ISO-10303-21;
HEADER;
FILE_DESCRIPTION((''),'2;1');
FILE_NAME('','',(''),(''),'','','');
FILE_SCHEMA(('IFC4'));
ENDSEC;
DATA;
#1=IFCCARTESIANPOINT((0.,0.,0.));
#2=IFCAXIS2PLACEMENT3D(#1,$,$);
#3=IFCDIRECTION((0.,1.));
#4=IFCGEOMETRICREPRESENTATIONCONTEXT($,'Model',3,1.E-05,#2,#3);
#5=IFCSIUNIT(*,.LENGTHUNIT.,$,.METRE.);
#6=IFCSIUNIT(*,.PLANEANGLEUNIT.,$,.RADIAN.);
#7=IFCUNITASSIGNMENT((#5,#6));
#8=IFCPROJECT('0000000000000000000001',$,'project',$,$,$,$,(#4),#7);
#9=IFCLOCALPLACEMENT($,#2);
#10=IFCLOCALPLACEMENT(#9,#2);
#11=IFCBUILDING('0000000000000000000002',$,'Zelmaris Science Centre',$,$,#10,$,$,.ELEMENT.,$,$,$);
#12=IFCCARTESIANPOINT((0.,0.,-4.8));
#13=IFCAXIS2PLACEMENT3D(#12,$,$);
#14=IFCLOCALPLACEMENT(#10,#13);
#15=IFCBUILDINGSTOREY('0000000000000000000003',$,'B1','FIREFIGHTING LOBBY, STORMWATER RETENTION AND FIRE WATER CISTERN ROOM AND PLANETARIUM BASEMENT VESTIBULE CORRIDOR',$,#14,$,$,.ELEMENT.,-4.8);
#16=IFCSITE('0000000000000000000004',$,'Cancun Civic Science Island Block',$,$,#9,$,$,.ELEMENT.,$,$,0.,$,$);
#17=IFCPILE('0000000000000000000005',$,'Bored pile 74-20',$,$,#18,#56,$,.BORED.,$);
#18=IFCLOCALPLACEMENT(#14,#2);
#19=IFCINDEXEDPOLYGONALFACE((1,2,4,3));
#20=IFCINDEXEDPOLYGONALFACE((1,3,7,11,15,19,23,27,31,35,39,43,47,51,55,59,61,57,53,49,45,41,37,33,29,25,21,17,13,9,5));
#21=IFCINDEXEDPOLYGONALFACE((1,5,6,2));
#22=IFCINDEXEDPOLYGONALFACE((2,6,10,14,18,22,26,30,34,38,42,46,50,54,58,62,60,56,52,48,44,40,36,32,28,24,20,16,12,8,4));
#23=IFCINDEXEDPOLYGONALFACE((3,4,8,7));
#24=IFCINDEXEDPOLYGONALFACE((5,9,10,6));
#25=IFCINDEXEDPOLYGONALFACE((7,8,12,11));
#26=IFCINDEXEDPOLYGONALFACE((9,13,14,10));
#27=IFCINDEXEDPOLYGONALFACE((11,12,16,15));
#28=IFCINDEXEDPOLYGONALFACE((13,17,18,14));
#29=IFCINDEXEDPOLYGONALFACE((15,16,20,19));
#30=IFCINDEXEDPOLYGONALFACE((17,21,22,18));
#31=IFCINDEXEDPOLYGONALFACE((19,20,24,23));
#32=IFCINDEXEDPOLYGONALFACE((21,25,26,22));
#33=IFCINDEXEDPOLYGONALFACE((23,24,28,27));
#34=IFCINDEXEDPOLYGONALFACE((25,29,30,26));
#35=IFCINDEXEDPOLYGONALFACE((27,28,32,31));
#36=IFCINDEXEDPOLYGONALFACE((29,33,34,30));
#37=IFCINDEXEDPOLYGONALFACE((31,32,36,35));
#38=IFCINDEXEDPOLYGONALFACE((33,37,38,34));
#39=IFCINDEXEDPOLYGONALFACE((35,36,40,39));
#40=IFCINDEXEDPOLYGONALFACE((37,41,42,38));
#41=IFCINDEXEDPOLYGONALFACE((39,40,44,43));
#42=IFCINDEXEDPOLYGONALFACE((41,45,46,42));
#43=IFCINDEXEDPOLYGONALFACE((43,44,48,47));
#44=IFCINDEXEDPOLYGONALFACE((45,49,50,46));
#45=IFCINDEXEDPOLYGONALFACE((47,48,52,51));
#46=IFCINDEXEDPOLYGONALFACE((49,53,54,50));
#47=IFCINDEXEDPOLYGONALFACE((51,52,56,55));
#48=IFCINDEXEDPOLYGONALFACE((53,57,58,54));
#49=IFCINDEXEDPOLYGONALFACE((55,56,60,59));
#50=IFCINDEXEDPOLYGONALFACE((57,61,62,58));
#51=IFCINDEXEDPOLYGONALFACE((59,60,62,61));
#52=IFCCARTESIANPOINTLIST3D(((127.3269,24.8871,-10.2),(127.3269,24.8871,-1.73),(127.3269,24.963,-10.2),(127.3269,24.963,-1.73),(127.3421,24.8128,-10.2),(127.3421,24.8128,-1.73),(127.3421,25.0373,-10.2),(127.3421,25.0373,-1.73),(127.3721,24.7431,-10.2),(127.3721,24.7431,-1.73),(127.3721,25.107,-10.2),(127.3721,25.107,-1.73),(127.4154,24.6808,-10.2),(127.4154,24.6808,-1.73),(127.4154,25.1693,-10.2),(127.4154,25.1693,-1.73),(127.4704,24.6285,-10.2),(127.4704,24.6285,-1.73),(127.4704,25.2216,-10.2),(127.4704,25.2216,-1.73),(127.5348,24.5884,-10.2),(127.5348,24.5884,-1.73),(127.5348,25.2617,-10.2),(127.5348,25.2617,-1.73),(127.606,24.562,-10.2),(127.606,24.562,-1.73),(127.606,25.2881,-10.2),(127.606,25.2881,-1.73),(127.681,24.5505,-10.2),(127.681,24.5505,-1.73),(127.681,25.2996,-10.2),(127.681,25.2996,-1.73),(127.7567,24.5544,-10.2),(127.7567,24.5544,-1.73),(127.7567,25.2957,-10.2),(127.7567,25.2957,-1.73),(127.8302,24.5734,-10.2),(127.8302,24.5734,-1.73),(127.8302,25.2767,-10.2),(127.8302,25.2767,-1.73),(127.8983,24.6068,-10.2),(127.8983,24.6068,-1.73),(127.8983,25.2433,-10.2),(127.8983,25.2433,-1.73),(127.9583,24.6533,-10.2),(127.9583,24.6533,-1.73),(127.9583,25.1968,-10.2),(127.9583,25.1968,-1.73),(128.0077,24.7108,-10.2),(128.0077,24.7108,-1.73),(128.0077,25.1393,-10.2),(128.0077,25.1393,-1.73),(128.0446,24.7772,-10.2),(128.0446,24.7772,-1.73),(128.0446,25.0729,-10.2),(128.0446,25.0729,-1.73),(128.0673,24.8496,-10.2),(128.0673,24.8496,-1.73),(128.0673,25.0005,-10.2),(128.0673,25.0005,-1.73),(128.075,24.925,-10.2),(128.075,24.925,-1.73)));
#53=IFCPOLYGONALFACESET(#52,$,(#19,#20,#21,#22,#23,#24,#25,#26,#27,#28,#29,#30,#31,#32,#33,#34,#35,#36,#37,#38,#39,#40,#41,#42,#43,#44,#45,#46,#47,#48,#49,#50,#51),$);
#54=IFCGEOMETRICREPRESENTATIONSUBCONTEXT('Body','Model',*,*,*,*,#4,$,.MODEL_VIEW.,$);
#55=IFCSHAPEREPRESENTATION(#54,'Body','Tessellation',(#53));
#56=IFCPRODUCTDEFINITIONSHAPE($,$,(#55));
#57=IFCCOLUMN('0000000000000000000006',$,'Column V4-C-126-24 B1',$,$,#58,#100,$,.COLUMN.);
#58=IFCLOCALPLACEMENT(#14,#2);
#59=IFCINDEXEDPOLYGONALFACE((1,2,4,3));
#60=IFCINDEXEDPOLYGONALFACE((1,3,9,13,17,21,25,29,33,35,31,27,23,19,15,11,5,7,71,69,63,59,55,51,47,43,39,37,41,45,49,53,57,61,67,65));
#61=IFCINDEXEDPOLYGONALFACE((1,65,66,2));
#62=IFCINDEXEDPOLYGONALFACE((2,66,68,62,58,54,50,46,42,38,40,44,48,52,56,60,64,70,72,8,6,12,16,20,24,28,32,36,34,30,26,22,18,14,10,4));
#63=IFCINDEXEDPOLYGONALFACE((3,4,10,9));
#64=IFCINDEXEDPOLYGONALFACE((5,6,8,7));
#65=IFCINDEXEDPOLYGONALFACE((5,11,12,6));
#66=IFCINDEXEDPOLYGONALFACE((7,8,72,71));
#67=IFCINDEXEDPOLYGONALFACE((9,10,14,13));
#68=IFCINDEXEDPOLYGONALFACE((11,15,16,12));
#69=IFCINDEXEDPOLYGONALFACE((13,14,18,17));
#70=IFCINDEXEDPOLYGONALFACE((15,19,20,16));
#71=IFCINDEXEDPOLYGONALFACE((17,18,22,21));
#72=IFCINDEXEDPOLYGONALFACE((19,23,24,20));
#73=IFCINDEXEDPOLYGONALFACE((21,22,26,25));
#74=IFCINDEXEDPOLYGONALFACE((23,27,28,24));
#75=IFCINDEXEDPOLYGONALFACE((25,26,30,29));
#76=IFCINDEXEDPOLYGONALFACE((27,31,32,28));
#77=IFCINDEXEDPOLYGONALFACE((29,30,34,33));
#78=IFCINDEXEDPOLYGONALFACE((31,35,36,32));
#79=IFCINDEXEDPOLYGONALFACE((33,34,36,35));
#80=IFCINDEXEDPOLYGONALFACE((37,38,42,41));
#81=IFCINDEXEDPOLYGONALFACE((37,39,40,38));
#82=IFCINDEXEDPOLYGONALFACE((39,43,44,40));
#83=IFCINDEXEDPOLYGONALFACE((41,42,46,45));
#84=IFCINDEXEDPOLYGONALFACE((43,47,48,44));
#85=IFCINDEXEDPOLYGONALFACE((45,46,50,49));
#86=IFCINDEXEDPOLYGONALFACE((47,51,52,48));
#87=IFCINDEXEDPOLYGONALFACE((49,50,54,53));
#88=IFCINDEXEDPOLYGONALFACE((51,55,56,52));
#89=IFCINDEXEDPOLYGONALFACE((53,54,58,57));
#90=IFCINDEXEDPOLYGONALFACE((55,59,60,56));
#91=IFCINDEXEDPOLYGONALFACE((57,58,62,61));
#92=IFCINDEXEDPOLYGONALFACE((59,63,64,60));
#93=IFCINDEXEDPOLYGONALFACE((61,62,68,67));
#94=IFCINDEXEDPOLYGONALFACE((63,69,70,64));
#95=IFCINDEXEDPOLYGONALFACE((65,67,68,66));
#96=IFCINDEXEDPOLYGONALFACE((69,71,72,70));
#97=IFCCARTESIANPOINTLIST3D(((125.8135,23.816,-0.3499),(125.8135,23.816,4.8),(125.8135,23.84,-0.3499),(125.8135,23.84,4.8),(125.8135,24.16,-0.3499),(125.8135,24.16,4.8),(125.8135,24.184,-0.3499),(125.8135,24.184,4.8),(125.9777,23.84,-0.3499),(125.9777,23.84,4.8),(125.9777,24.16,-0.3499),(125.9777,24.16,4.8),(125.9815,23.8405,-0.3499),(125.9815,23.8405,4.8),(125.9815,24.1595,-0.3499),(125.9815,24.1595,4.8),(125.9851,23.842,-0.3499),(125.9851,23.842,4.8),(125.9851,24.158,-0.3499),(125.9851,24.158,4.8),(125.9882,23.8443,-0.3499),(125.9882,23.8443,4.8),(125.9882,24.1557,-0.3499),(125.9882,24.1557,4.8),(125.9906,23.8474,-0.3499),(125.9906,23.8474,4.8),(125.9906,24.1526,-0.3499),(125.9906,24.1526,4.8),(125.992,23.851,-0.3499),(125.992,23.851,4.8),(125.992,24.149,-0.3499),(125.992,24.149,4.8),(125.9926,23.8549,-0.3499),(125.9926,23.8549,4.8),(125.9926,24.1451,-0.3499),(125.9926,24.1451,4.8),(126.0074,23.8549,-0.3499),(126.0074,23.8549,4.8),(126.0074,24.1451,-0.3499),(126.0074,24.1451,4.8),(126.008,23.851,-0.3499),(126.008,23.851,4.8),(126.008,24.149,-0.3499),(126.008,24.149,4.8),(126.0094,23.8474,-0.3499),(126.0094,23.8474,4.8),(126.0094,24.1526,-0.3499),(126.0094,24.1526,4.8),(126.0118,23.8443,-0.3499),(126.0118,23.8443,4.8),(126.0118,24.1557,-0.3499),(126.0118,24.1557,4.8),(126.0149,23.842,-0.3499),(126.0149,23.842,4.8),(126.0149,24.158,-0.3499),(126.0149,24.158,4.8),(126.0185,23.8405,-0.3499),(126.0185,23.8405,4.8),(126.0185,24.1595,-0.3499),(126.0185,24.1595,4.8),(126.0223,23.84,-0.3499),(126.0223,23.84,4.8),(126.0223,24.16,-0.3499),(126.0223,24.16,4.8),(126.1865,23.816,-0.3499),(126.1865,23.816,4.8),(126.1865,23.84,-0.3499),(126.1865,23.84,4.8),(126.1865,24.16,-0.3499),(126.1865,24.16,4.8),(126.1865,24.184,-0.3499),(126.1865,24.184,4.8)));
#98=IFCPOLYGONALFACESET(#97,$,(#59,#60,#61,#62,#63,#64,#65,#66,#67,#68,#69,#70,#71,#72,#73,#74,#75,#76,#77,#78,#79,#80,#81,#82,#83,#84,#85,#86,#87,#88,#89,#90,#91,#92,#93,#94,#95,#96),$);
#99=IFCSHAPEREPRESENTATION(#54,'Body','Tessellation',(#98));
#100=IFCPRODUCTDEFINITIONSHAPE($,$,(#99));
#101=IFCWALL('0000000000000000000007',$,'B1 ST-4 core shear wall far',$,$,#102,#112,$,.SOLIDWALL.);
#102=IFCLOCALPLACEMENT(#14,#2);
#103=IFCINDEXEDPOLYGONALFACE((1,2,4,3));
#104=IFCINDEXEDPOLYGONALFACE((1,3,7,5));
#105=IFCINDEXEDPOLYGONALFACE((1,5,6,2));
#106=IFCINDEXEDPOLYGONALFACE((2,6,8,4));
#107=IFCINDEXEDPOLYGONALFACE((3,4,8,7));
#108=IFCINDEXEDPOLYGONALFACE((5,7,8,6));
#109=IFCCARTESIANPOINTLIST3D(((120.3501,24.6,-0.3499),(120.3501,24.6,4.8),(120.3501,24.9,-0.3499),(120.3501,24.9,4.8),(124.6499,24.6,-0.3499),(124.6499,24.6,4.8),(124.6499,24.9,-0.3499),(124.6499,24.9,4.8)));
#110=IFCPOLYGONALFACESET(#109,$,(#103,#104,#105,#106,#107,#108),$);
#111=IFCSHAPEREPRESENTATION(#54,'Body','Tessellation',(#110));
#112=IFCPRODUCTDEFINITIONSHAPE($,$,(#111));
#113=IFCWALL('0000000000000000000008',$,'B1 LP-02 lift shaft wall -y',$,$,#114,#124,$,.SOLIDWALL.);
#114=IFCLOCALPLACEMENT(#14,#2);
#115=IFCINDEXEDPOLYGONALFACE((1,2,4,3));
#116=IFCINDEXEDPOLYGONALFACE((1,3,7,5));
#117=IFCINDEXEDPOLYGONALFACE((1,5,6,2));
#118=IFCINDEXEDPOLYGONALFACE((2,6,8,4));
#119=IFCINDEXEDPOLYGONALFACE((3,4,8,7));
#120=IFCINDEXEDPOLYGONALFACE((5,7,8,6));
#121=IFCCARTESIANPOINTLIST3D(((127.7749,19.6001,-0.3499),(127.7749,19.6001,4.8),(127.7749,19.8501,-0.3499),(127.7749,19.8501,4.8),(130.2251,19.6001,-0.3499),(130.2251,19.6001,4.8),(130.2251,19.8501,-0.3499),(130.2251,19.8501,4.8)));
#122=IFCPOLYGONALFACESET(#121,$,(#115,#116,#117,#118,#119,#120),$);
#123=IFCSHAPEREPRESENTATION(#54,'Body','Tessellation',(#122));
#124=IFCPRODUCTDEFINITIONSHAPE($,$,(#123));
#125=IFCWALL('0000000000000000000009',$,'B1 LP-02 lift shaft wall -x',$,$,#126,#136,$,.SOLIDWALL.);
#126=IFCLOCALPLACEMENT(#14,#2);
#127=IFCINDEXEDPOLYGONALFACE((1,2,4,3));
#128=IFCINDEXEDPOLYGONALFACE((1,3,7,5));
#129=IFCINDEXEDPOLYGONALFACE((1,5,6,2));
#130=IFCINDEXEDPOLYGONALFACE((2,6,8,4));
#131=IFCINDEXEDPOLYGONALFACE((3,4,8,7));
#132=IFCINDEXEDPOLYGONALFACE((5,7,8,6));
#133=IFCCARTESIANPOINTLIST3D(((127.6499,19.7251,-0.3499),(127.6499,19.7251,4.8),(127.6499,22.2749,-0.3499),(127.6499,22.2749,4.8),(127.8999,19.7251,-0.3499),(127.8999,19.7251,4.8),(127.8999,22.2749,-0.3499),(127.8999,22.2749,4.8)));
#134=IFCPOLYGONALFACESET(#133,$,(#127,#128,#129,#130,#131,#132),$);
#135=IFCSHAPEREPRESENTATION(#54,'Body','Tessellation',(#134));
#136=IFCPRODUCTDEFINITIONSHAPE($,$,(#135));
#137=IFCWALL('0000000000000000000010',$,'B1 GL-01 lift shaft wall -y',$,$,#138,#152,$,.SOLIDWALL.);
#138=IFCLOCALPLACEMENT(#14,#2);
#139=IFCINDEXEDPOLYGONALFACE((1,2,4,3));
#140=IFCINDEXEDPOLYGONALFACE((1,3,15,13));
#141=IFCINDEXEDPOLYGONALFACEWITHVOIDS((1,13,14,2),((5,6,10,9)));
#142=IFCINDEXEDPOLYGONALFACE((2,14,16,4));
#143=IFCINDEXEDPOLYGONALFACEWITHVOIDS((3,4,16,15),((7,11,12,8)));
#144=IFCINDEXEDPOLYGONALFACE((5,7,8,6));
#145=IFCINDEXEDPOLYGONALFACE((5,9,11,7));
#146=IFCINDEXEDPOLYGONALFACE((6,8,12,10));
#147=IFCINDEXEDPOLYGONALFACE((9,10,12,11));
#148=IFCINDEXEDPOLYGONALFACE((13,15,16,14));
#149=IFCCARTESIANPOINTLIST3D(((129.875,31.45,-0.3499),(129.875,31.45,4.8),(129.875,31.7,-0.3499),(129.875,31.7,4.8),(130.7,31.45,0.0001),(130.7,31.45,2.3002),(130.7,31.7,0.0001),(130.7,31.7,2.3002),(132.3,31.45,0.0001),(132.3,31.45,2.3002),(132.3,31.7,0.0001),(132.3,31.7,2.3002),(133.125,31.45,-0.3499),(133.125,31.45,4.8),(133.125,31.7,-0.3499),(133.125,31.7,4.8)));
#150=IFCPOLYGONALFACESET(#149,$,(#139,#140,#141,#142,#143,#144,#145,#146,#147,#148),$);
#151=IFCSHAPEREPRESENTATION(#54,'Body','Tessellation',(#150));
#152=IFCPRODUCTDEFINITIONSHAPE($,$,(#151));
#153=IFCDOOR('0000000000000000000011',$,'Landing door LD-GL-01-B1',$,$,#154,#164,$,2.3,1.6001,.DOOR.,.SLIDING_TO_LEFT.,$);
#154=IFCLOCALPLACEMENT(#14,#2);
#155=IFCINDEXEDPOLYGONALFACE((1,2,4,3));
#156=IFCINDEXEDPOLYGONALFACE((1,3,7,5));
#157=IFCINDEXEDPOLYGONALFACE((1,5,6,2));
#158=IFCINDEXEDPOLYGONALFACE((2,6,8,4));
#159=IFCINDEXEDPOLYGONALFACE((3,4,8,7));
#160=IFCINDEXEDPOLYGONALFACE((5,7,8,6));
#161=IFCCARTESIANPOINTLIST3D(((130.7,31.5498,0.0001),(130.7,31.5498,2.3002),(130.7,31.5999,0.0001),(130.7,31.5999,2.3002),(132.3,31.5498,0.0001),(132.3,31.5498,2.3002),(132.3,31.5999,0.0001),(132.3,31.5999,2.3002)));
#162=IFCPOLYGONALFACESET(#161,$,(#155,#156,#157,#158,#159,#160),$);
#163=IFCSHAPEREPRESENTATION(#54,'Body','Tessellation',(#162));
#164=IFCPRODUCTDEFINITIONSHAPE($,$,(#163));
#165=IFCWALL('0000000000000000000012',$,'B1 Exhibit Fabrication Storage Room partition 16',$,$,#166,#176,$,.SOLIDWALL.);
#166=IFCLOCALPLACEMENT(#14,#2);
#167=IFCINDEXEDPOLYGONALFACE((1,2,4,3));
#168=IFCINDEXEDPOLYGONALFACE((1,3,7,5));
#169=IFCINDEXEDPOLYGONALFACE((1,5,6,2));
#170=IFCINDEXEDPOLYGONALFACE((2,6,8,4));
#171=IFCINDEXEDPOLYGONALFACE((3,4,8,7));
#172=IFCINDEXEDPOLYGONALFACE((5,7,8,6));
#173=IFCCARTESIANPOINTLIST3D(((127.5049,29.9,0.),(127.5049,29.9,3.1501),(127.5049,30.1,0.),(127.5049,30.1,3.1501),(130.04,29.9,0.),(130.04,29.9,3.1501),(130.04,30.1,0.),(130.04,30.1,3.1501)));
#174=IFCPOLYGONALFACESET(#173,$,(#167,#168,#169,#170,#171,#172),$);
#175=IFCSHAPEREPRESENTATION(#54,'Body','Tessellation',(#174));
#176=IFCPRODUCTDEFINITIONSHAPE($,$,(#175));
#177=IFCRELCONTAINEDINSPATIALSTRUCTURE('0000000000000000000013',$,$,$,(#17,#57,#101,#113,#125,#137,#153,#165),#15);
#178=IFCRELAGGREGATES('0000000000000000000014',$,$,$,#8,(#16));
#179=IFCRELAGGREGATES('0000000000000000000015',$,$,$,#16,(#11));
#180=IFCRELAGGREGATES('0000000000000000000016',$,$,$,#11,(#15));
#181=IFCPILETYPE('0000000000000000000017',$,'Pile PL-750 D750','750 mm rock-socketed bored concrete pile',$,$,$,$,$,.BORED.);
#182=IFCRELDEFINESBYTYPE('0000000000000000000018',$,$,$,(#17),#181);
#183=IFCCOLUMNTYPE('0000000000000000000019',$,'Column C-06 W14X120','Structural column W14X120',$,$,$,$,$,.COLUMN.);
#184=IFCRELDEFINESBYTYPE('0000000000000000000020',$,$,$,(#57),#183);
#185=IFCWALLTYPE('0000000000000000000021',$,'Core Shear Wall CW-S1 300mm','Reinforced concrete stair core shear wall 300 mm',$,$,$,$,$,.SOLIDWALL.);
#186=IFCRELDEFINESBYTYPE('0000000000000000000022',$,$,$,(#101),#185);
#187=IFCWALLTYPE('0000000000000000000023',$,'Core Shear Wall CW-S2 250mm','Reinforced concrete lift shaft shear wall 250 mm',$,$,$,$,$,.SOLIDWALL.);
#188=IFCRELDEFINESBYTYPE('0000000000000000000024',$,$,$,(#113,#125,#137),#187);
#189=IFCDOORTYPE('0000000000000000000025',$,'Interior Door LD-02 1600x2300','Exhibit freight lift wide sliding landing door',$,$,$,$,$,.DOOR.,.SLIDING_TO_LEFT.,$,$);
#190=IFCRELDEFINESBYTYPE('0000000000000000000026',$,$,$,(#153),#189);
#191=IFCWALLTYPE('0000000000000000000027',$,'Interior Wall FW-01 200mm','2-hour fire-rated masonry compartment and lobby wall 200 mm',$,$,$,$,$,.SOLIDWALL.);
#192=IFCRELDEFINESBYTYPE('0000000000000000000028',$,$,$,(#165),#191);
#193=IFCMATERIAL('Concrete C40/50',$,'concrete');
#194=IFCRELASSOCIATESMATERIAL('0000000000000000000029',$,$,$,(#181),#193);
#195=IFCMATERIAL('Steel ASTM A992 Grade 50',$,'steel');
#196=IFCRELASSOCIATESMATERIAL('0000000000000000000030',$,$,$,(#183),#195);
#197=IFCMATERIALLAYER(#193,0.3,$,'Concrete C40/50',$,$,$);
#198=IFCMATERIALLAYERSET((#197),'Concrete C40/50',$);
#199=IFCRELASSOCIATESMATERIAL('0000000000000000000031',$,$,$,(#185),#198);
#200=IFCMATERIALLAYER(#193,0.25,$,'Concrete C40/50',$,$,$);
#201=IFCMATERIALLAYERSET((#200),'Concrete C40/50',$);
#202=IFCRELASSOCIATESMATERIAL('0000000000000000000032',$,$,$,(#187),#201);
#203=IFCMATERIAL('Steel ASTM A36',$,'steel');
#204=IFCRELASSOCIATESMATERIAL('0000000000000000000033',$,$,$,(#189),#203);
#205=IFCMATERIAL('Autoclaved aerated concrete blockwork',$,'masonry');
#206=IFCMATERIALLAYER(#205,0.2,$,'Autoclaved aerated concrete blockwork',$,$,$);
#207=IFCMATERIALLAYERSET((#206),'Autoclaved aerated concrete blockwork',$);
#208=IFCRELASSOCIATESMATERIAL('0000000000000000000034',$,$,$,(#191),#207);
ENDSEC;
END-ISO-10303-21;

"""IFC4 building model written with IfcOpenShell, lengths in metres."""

from ifc_helpers import new_model, si_unit, direction, frame, frame_2d, origin, origin_2d, place, context, subcontext, project, spatial, rectangle, circle, i_section, extrude, material, layer, layer_set, material_profile, profile_set, type_object, element, fill, save


model = new_model("IFC4")

# Units and contexts
model_context = context("Model", 3, precision=1e-05, world=origin(), true_north=direction((0.0, 1.0)))
body_context = subcontext(model_context, "Body", "Model", "MODEL_VIEW")
ifc_project = project(units=[si_unit("LENGTHUNIT", "METRE"), si_unit("PLANEANGLEUNIT", "RADIAN")], contexts=[model_context])

# Site, building, storey
site_placement = place(None, origin())
site = spatial("IfcSite", under=ifc_project, at=site_placement, Name="Cancun Civic Science Island Block", CompositionType="ELEMENT", RefElevation=0.0)
building_placement = place(site_placement, origin())
building = spatial("IfcBuilding", under=site, at=building_placement, Name="Zelmaris Science Centre", CompositionType="ELEMENT")
storey_placement = place(building_placement, frame((0.0, 0.0, -4.8)))
storey = spatial("IfcBuildingStorey", under=building, at=storey_placement, Name="B1", Description="FIREFIGHTING LOBBY, STORMWATER RETENTION AND FIRE WATER CISTERN ROOM AND PLANETARIUM BASEMENT VESTIBULE CORRIDOR", CompositionType="ELEMENT", Elevation=-4.8)

# Shared definitions
ifc_material_1 = material(Name="Concrete C40/50", Category="concrete")

# Pile
ifc_material_profile_1 = material_profile(ifc_material_1, circle(Radius=0.375, at=origin_2d()), Name="PILE-750")
ifc_profile_set_1 = profile_set([ifc_material_profile_1], Name="Concrete C40/50")
pile_type_1 = type_object("IfcPileType", Name="Pile PL-750 D750", Description="750 mm rock-socketed bored concrete pile", PredefinedType="BORED", material=ifc_profile_set_1)
for number, where, z_axis, x_axis, name in (
    (1, (127.7, 24.925, -1.73), (0.0, 0.0, -1.0), (1.0, 0.0, 0.0), "Bored pile 74-20"),
):
    element("IfcPile", number, at=place(storey_placement, frame(where, z_axis=z_axis, x_axis=x_axis)), inside=storey, type_object=pile_type_1, Name=name, PredefinedType="BORED", context=body_context, shape_type="SweptSolid", body=[
        extrude(circle(Radius=0.375, at=origin_2d()), origin(), (0.0, 0.0, 1.0), 8.47),
    ])

# Column
ifc_material_2 = material(Name="Steel ASTM A992 Grade 50", Category="steel")
ifc_material_profile_2 = material_profile(ifc_material_2, i_section(OverallWidth=0.373, OverallDepth=0.3679, WebThickness=0.0149, FlangeThickness=0.0239, FilletRadius=0.0149, at=origin_2d()), Name="W14X120")
ifc_profile_set_2 = profile_set([ifc_material_profile_2], Name="Steel ASTM A992 Grade 50")
column_type = type_object("IfcColumnType", Name="Column C-06 W14X120", Description="Structural column W14X120", PredefinedType="COLUMN", material=ifc_profile_set_2)
column_placement = place(storey_placement, frame((126.0, 24.0, -0.3499), z_axis=(0.0, 0.0, 1.0), x_axis=(1.0, 0.0, 0.0)))
element("IfcColumn", 2, at=column_placement, inside=storey, type_object=column_type, Name="Column V4-C-126-24 B1", PredefinedType="COLUMN", context=body_context, shape_type="SweptSolid", body=[
    extrude(i_section(OverallWidth=0.373, OverallDepth=0.3679, WebThickness=0.0149, FlangeThickness=0.0239, FilletRadius=0.0149, at=origin_2d()), origin(), (0.0, 0.0, 1.0), 5.1499),
])

# Walls
ifc_layer_1 = layer(ifc_material_1, 0.3, Name="Concrete C40/50")
ifc_layer_set_1 = layer_set([ifc_layer_1], Name="Concrete C40/50")
wall_type_1 = type_object("IfcWallType", Name="Core Shear Wall CW-S1 300mm", Description="Reinforced concrete stair core shear wall 300 mm", PredefinedType="SOLIDWALL", material=ifc_layer_set_1)
wall_1_placement = place(storey_placement, frame((124.6499, 24.75, -0.3499), z_axis=(0.0, 0.0, 1.0), x_axis=(-1.0, 0.0, 0.0)))
element("IfcWall", 3, at=wall_1_placement, inside=storey, type_object=wall_type_1, Name="B1 ST-4 core shear wall far", PredefinedType="SOLIDWALL", context=body_context, shape_type="SweptSolid", body=[
    extrude(rectangle(XDim=4.2998, YDim=0.3, at=frame_2d((2.1499, 0.0))), origin(), (0.0, 0.0, 1.0), 5.1499),
])
ifc_layer_2 = layer(ifc_material_1, 0.25, Name="Concrete C40/50")
ifc_layer_set_2 = layer_set([ifc_layer_2], Name="Concrete C40/50")
wall_type_2 = type_object("IfcWallType", Name="Core Shear Wall CW-S2 250mm", Description="Reinforced concrete lift shaft shear wall 250 mm", PredefinedType="SOLIDWALL", material=ifc_layer_set_2)
wall_2_placement = place(storey_placement, frame((127.7749, 19.7251, -0.3499), z_axis=(0.0, 0.0, 1.0), x_axis=(1.0, 0.0, 0.0)))
element("IfcWall", 4, at=wall_2_placement, inside=storey, type_object=wall_type_2, Name="B1 LP-02 lift shaft wall -y", PredefinedType="SOLIDWALL", context=body_context, shape_type="SweptSolid", body=[
    extrude(rectangle(XDim=2.4502, YDim=0.25, at=frame_2d((1.2251, 0.0))), origin(), (0.0, 0.0, 1.0), 5.1499),
])
wall_3_placement = place(storey_placement, frame((127.7749, 22.2749, -0.3499), z_axis=(0.0, 0.0, 1.0), x_axis=(0.0, -1.0, 0.0)))
element("IfcWall", 5, at=wall_3_placement, inside=storey, type_object=wall_type_2, Name="B1 LP-02 lift shaft wall -x", PredefinedType="SOLIDWALL", context=body_context, shape_type="SweptSolid", body=[
    extrude(rectangle(XDim=2.5498, YDim=0.25, at=frame_2d((1.2749, 0.0))), origin(), (0.0, 0.0, 1.0), 5.1499),
])

# Wall, opening, door
wall_4_placement = place(storey_placement, frame((129.875, 31.575, -0.3499), z_axis=(0.0, 0.0, 1.0), x_axis=(1.0, 0.0, 0.0)))
wall_4 = element("IfcWall", 6, at=wall_4_placement, inside=storey, type_object=wall_type_2, Name="B1 GL-01 lift shaft wall -y", PredefinedType="SOLIDWALL", context=body_context, shape_type="SweptSolid", body=[
    extrude(rectangle(XDim=3.25, YDim=0.25, at=frame_2d((1.625, 0.0))), origin(), (0.0, 0.0, 1.0), 5.1499),
])
opening_placement = place(wall_4_placement, frame((0.825, 0.0, 0.3501)))
opening = element("IfcOpeningElement", 7, at=opening_placement, cuts=wall_4, PredefinedType="OPENING", context=body_context, shape_type="SweptSolid", body=[
    extrude(rectangle(XDim=1.6001, YDim=2.3, at=frame_2d((0.8, 1.1499))), frame((0.0, 0.135, 0.0), z_axis=(0.0, -1.0, 0.0), x_axis=(1.0, 0.0, 0.0)), (0.0, 0.0, 1.0), 0.27),
])
ifc_material_3 = material(Name="Steel ASTM A36", Category="steel")
door_type = type_object("IfcDoorType", Name="Interior Door LD-02 1600x2300", Description="Exhibit freight lift wide sliding landing door", OperationType="SLIDING_TO_LEFT", PredefinedType="DOOR", material=ifc_material_3)
door_placement = place(opening_placement, origin())
door = element("IfcDoor", 8, at=door_placement, inside=storey, type_object=door_type, Name="Landing door LD-GL-01-B1", OperationType="SLIDING_TO_LEFT", OverallHeight=2.3, OverallWidth=1.6001, PredefinedType="DOOR", context=body_context, shape_type="SweptSolid", body=[
    extrude(rectangle(XDim=1.6001, YDim=2.3, at=frame_2d((0.8, 1.1499))), frame((0.0, 0.0249, 0.0), z_axis=(0.0, -1.0, 0.0), x_axis=(1.0, 0.0, 0.0)), (0.0, 0.0, 1.0), 0.05),
])
fill(opening, door)

# Wall
ifc_material_4 = material(Name="Autoclaved aerated concrete blockwork", Category="masonry")
ifc_layer_3 = layer(ifc_material_4, 0.2, Name="Autoclaved aerated concrete blockwork")
ifc_layer_set_3 = layer_set([ifc_layer_3], Name="Autoclaved aerated concrete blockwork")
wall_type_3 = type_object("IfcWallType", Name="Interior Wall FW-01 200mm", Description="2-hour fire-rated masonry compartment and lobby wall 200 mm", PredefinedType="SOLIDWALL", material=ifc_layer_set_3)
wall_5_placement = place(storey_placement, frame((127.5049, 30.0, 0.0), z_axis=(0.0, 0.0, 1.0), x_axis=(1.0, 0.0, 0.0)))
element("IfcWall", 9, at=wall_5_placement, inside=storey, type_object=wall_type_3, Name="B1 Exhibit Fabrication Storage Room partition 16", PredefinedType="SOLIDWALL", context=body_context, shape_type="SweptSolid", body=[
    extrude(rectangle(XDim=2.5352, YDim=0.2, at=frame_2d((1.2676, 0.0))), origin(), (0.0, 0.0, 1.0), 3.1501),
])

save(model, "model.ifc")
